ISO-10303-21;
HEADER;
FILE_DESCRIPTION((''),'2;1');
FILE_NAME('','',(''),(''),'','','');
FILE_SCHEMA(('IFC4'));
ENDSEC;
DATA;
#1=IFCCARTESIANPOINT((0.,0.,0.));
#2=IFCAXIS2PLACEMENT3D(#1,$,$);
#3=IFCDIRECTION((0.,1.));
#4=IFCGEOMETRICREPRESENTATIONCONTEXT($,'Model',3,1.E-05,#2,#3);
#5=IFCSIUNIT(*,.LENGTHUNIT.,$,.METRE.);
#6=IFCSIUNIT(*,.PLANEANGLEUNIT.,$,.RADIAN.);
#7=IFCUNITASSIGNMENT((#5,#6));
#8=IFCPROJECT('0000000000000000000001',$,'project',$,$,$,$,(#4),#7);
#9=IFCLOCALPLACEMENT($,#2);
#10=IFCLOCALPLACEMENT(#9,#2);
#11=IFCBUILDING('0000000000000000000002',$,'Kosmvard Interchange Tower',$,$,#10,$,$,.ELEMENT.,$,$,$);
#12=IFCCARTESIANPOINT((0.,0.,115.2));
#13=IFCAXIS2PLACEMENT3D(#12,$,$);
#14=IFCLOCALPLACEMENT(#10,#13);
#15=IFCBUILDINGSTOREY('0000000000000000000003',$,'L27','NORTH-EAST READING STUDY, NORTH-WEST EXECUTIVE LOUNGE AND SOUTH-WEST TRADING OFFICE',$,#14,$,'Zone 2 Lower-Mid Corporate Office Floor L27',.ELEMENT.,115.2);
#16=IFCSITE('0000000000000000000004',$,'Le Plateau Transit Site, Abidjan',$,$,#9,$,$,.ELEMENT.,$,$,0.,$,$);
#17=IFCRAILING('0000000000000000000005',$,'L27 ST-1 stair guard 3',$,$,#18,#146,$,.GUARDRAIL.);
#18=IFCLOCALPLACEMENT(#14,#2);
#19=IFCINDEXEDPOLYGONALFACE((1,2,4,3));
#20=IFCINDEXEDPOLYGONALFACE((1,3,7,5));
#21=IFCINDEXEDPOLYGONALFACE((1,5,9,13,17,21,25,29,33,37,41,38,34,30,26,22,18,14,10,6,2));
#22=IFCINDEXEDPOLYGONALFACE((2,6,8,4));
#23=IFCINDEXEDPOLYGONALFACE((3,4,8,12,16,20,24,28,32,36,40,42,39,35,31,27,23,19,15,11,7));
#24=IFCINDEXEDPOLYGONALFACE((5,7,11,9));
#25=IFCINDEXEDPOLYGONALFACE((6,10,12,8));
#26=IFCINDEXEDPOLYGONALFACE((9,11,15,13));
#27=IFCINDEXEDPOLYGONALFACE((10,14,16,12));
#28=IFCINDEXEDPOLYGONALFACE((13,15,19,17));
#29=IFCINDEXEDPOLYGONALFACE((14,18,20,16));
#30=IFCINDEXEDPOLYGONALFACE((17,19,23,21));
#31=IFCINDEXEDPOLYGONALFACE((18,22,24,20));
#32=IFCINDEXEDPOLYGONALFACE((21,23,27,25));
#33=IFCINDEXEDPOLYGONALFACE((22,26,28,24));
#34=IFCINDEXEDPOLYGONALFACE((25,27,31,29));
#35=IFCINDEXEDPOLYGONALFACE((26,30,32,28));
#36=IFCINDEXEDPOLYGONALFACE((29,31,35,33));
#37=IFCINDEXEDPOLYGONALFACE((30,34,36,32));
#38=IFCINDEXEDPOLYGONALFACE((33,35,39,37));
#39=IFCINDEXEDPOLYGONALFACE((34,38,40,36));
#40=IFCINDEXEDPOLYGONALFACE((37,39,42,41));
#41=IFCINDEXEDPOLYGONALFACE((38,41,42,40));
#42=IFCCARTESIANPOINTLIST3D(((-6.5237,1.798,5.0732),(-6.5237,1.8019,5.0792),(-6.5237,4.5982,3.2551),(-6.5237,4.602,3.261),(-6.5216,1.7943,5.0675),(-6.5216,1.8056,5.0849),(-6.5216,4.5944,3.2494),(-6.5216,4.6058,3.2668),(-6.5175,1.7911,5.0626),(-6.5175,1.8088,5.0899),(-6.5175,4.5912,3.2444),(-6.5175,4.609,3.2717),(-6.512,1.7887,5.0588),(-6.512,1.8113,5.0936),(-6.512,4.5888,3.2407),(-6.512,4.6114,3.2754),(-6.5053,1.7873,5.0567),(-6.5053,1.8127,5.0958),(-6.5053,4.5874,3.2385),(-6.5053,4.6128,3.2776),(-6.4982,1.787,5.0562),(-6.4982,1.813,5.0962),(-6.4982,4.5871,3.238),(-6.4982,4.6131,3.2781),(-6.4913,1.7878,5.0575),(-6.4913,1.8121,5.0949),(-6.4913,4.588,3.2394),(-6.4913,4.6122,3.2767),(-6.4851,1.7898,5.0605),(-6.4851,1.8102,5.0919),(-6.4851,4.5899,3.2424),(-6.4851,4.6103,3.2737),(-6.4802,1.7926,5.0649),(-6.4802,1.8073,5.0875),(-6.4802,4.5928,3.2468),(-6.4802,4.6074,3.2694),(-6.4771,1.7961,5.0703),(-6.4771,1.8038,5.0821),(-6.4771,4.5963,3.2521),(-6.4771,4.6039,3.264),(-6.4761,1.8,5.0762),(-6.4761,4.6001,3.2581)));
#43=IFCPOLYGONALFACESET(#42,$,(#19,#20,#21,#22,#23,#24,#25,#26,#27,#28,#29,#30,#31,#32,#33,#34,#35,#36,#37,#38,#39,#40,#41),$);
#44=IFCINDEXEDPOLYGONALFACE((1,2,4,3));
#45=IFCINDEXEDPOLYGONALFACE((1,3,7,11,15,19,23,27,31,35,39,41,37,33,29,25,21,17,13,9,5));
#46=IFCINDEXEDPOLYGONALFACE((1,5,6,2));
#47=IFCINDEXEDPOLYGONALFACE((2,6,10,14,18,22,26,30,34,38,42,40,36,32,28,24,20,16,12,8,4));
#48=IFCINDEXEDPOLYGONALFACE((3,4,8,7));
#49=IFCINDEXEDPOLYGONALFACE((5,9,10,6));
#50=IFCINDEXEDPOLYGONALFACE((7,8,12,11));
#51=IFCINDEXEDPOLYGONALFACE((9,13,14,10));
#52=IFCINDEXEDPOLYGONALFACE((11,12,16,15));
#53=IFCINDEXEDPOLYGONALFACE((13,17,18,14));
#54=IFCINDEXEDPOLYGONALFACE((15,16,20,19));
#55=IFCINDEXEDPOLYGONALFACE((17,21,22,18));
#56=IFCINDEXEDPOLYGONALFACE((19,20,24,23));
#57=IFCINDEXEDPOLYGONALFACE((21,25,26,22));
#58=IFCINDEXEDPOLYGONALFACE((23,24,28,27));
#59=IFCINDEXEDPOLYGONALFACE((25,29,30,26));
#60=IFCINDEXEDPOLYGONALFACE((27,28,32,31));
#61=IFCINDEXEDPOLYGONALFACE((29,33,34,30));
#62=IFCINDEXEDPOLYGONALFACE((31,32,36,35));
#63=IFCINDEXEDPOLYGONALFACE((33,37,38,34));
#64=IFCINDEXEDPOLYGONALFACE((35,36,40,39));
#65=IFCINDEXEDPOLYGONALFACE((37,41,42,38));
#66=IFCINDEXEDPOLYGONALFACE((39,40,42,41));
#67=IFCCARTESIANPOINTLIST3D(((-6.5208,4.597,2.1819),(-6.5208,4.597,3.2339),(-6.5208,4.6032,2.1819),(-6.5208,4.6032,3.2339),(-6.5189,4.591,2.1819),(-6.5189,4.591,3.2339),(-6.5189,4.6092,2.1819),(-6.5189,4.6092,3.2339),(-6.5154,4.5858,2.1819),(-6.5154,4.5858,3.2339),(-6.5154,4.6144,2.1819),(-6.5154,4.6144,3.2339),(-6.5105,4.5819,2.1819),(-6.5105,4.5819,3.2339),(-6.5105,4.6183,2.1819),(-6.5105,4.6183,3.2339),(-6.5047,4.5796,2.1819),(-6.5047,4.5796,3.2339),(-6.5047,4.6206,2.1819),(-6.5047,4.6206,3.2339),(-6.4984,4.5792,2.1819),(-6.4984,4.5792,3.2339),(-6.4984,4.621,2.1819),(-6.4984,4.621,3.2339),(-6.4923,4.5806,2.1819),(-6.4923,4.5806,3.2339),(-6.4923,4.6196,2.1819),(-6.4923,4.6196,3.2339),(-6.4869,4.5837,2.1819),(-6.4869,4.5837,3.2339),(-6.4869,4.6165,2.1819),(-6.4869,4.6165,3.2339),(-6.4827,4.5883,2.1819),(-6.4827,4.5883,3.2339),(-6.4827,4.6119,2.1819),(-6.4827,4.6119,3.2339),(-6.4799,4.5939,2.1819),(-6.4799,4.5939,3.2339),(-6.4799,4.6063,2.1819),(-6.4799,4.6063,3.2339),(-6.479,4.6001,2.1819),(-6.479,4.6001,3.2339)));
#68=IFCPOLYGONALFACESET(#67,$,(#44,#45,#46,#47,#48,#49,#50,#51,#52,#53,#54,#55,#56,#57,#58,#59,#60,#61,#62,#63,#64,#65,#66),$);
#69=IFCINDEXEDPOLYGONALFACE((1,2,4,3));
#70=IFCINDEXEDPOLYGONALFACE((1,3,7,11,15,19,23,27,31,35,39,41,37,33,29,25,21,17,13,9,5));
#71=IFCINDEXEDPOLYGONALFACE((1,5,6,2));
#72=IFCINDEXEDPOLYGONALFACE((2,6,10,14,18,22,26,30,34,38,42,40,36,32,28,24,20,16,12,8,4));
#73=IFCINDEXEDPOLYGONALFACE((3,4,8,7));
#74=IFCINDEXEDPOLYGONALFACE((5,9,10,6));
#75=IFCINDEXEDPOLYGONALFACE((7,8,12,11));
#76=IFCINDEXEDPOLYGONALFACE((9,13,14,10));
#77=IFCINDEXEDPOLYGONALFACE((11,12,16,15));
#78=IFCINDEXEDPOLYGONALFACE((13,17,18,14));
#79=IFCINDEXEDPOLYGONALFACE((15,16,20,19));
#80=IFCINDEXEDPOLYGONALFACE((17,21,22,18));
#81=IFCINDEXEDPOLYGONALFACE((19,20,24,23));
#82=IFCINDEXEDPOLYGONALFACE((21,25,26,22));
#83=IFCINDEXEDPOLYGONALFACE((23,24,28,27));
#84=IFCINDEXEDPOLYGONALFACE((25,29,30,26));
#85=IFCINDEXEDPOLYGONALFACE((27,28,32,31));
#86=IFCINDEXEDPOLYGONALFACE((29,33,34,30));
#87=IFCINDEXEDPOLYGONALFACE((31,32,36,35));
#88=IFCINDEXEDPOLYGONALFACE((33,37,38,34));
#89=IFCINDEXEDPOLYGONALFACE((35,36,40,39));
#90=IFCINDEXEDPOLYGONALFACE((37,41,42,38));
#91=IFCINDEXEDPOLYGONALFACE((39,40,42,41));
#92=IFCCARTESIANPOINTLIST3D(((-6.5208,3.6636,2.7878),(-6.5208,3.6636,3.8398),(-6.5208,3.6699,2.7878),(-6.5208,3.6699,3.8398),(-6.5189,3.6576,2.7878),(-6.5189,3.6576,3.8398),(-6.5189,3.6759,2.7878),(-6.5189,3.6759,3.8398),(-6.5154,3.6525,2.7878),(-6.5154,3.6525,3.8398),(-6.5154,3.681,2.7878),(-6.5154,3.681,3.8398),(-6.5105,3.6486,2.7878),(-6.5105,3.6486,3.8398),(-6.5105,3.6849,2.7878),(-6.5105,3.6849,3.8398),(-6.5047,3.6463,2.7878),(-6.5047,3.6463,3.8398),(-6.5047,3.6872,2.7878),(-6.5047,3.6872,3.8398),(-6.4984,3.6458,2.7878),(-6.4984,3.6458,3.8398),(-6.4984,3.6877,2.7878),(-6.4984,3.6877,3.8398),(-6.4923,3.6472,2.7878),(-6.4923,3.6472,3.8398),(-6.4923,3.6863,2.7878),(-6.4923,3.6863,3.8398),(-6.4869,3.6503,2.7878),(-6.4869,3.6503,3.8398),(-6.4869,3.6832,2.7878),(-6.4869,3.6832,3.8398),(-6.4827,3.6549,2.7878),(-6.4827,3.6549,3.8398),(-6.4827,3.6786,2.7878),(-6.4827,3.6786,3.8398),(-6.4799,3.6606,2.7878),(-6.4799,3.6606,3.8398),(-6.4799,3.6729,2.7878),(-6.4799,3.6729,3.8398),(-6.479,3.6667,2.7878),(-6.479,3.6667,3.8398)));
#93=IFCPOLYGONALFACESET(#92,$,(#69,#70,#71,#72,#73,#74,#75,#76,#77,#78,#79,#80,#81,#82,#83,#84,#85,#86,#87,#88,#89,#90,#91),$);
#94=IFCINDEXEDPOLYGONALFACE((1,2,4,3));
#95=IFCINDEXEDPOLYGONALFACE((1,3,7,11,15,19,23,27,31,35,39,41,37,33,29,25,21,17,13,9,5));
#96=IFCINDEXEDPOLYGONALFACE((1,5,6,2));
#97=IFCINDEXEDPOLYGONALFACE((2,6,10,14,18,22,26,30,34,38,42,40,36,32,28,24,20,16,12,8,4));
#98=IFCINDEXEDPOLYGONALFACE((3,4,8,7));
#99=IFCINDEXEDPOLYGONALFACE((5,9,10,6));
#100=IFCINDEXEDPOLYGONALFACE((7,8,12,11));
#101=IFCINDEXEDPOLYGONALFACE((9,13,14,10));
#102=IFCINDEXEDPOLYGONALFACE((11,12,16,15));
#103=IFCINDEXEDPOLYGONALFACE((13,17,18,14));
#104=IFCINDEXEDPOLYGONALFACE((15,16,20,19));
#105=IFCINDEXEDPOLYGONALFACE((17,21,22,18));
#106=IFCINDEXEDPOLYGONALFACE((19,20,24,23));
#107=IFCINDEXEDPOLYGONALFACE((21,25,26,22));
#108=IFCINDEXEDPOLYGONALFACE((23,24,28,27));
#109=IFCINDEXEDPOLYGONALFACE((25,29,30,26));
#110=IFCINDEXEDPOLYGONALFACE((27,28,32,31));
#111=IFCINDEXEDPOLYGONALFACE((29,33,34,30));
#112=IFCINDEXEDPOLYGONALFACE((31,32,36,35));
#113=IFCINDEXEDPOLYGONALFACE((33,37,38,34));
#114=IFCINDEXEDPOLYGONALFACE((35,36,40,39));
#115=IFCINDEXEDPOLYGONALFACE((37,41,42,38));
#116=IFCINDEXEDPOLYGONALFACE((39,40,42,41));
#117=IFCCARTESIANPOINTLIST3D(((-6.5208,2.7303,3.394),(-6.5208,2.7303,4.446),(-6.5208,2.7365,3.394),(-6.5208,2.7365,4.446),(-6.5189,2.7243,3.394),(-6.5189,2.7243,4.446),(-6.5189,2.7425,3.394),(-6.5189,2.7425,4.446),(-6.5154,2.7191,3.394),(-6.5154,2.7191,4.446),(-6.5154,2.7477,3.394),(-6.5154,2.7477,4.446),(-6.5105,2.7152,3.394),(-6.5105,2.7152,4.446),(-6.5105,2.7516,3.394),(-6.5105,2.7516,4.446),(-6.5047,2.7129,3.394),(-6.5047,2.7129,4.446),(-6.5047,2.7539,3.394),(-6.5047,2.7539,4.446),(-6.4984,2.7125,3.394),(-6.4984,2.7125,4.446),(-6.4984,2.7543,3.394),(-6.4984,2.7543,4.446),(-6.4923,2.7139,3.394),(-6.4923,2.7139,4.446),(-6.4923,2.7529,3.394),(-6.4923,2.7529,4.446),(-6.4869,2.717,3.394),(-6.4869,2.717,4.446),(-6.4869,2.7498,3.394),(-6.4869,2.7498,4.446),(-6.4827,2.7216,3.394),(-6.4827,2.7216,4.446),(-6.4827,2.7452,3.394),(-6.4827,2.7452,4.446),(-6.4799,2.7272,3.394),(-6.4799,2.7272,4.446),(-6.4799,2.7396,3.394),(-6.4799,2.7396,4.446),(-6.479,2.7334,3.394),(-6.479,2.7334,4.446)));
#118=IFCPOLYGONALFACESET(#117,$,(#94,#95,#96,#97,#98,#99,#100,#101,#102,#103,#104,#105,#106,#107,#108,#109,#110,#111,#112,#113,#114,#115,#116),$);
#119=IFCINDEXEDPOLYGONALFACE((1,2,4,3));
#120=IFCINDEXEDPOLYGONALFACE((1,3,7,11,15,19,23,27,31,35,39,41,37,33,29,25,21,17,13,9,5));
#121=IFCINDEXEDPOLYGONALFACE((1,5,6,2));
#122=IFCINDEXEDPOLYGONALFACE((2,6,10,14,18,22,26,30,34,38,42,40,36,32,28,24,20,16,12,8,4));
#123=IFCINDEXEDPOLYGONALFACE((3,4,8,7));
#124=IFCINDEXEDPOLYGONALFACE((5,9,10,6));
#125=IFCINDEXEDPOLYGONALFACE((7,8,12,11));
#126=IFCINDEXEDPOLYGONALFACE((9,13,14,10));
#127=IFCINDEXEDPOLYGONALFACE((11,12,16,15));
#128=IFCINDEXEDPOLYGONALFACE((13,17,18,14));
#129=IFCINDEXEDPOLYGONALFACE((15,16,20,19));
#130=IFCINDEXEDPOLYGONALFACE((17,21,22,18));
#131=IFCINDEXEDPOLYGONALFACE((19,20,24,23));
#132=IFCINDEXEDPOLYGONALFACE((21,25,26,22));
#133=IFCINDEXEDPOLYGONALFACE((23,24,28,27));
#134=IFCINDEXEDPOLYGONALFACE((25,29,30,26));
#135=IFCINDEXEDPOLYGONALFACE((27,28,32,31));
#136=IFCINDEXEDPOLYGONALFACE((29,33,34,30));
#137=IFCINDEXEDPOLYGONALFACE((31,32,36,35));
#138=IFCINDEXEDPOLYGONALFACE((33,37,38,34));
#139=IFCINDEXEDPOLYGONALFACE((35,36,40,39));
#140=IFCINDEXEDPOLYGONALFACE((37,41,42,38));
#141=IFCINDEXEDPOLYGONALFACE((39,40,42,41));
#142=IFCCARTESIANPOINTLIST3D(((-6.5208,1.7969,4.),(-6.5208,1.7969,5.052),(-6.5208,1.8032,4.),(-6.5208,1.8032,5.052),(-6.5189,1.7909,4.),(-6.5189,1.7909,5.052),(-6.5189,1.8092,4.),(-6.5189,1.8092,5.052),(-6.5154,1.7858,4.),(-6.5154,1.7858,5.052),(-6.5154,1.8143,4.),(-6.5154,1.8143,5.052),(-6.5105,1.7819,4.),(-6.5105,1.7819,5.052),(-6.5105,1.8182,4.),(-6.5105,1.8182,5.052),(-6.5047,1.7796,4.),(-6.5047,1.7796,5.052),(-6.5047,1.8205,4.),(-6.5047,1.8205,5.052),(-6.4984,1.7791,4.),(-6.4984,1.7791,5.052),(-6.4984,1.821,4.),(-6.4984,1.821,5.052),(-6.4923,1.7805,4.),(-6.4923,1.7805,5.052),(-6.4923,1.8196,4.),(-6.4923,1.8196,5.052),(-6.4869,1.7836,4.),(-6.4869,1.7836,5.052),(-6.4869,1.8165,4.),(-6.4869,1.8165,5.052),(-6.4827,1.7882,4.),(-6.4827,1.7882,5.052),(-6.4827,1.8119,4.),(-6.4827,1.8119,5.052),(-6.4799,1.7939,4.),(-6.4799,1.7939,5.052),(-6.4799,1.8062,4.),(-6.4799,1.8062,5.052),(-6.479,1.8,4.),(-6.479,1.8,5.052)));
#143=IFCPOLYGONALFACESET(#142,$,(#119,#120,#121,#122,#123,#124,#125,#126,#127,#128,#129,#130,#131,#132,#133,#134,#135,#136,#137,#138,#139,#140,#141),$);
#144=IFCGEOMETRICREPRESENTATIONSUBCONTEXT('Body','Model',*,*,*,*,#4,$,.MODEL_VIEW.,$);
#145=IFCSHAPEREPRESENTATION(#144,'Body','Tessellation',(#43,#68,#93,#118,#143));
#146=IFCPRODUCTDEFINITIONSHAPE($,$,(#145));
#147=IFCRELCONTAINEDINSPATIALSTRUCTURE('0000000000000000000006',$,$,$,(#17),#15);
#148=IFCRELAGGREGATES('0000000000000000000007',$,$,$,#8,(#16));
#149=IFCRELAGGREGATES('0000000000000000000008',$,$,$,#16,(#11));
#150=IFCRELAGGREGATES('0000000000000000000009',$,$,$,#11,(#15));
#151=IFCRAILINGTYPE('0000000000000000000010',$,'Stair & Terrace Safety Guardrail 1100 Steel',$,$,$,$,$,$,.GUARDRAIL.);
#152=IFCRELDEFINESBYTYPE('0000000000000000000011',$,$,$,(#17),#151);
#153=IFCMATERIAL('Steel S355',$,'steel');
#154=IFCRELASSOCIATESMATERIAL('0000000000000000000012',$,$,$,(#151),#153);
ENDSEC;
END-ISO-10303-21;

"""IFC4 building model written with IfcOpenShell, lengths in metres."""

from ifc_helpers import new_model, si_unit, direction, frame, origin, origin_2d, place, context, subcontext, project, spatial, circle, extrude, source, transform, mapped, material, type_object, element, save


model = new_model("IFC4")

# Units and contexts
model_context = context("Model", 3, precision=1e-05, world=origin(), true_north=direction((0.0, 1.0)))
body_context = subcontext(model_context, "Body", "Model", "MODEL_VIEW")
ifc_project = project(units=[si_unit("LENGTHUNIT", "METRE"), si_unit("PLANEANGLEUNIT", "RADIAN")], contexts=[model_context])

# Site, building, storey
site_placement = place(None, origin())
site = spatial("IfcSite", under=ifc_project, at=site_placement, Name="Le Plateau Transit Site, Abidjan", CompositionType="ELEMENT", RefElevation=0.0)
building_placement = place(site_placement, origin())
building = spatial("IfcBuilding", under=site, at=building_placement, Name="Kosmvard Interchange Tower", CompositionType="ELEMENT")
storey_placement = place(building_placement, frame((0.0, 0.0, 115.2)))
storey = spatial("IfcBuildingStorey", under=building, at=storey_placement, Name="L27", Description="NORTH-EAST READING STUDY, NORTH-WEST EXECUTIVE LOUNGE AND SOUTH-WEST TRADING OFFICE", LongName="Zone 2 Lower-Mid Corporate Office Floor L27", CompositionType="ELEMENT", Elevation=115.2)

# Shared definitions
ifc_material_1 = material(Name="Steel S355", Category="steel")

# Railing
railing_type_1 = type_object("IfcRailingType", Name="Stair & Terrace Safety Guardrail 1100 Steel", PredefinedType="GUARDRAIL", material=ifc_material_1)
shared_shape_1 = source(origin(), body_context, "Body", "SweptSolid", [
    extrude(circle(Radius=0.0239, at=origin_2d()), frame((0.0, 0.0, 1.0762), z_axis=(0.0, -0.838706, 0.544585), x_axis=(1.0, 0.0, 0.0)), (0.0, 0.0, 1.0), 3.3386),
    extrude(circle(Radius=0.021, at=origin_2d()), origin(), (0.0, 0.0, 1.0), 1.052),
    extrude(circle(Radius=0.021, at=origin_2d()), frame((0.0, -0.9333, 0.606)), (0.0, 0.0, 1.0), 1.052),
    extrude(circle(Radius=0.021, at=origin_2d()), frame((0.0, -1.8667, 1.2122)), (0.0, 0.0, 1.0), 1.052),
    extrude(circle(Radius=0.021, at=origin_2d()), frame((0.0, -2.8, 1.8181)), (0.0, 0.0, 1.0), 1.052),
])
railing_1_placement = place(storey_placement, frame((-6.5, 4.6001, 2.1819)))
element("IfcRailing", 1, at=railing_1_placement, inside=storey, type_object=railing_type_1, Name="L27 ST-1 stair guard 3", PredefinedType="GUARDRAIL", context=body_context, shape_type="MappedRepresentation", body=[
    mapped(shared_shape_1, transform((0.0, 0.0, 0.0), scale=1.0)),
])

save(model, "model.ifc")
